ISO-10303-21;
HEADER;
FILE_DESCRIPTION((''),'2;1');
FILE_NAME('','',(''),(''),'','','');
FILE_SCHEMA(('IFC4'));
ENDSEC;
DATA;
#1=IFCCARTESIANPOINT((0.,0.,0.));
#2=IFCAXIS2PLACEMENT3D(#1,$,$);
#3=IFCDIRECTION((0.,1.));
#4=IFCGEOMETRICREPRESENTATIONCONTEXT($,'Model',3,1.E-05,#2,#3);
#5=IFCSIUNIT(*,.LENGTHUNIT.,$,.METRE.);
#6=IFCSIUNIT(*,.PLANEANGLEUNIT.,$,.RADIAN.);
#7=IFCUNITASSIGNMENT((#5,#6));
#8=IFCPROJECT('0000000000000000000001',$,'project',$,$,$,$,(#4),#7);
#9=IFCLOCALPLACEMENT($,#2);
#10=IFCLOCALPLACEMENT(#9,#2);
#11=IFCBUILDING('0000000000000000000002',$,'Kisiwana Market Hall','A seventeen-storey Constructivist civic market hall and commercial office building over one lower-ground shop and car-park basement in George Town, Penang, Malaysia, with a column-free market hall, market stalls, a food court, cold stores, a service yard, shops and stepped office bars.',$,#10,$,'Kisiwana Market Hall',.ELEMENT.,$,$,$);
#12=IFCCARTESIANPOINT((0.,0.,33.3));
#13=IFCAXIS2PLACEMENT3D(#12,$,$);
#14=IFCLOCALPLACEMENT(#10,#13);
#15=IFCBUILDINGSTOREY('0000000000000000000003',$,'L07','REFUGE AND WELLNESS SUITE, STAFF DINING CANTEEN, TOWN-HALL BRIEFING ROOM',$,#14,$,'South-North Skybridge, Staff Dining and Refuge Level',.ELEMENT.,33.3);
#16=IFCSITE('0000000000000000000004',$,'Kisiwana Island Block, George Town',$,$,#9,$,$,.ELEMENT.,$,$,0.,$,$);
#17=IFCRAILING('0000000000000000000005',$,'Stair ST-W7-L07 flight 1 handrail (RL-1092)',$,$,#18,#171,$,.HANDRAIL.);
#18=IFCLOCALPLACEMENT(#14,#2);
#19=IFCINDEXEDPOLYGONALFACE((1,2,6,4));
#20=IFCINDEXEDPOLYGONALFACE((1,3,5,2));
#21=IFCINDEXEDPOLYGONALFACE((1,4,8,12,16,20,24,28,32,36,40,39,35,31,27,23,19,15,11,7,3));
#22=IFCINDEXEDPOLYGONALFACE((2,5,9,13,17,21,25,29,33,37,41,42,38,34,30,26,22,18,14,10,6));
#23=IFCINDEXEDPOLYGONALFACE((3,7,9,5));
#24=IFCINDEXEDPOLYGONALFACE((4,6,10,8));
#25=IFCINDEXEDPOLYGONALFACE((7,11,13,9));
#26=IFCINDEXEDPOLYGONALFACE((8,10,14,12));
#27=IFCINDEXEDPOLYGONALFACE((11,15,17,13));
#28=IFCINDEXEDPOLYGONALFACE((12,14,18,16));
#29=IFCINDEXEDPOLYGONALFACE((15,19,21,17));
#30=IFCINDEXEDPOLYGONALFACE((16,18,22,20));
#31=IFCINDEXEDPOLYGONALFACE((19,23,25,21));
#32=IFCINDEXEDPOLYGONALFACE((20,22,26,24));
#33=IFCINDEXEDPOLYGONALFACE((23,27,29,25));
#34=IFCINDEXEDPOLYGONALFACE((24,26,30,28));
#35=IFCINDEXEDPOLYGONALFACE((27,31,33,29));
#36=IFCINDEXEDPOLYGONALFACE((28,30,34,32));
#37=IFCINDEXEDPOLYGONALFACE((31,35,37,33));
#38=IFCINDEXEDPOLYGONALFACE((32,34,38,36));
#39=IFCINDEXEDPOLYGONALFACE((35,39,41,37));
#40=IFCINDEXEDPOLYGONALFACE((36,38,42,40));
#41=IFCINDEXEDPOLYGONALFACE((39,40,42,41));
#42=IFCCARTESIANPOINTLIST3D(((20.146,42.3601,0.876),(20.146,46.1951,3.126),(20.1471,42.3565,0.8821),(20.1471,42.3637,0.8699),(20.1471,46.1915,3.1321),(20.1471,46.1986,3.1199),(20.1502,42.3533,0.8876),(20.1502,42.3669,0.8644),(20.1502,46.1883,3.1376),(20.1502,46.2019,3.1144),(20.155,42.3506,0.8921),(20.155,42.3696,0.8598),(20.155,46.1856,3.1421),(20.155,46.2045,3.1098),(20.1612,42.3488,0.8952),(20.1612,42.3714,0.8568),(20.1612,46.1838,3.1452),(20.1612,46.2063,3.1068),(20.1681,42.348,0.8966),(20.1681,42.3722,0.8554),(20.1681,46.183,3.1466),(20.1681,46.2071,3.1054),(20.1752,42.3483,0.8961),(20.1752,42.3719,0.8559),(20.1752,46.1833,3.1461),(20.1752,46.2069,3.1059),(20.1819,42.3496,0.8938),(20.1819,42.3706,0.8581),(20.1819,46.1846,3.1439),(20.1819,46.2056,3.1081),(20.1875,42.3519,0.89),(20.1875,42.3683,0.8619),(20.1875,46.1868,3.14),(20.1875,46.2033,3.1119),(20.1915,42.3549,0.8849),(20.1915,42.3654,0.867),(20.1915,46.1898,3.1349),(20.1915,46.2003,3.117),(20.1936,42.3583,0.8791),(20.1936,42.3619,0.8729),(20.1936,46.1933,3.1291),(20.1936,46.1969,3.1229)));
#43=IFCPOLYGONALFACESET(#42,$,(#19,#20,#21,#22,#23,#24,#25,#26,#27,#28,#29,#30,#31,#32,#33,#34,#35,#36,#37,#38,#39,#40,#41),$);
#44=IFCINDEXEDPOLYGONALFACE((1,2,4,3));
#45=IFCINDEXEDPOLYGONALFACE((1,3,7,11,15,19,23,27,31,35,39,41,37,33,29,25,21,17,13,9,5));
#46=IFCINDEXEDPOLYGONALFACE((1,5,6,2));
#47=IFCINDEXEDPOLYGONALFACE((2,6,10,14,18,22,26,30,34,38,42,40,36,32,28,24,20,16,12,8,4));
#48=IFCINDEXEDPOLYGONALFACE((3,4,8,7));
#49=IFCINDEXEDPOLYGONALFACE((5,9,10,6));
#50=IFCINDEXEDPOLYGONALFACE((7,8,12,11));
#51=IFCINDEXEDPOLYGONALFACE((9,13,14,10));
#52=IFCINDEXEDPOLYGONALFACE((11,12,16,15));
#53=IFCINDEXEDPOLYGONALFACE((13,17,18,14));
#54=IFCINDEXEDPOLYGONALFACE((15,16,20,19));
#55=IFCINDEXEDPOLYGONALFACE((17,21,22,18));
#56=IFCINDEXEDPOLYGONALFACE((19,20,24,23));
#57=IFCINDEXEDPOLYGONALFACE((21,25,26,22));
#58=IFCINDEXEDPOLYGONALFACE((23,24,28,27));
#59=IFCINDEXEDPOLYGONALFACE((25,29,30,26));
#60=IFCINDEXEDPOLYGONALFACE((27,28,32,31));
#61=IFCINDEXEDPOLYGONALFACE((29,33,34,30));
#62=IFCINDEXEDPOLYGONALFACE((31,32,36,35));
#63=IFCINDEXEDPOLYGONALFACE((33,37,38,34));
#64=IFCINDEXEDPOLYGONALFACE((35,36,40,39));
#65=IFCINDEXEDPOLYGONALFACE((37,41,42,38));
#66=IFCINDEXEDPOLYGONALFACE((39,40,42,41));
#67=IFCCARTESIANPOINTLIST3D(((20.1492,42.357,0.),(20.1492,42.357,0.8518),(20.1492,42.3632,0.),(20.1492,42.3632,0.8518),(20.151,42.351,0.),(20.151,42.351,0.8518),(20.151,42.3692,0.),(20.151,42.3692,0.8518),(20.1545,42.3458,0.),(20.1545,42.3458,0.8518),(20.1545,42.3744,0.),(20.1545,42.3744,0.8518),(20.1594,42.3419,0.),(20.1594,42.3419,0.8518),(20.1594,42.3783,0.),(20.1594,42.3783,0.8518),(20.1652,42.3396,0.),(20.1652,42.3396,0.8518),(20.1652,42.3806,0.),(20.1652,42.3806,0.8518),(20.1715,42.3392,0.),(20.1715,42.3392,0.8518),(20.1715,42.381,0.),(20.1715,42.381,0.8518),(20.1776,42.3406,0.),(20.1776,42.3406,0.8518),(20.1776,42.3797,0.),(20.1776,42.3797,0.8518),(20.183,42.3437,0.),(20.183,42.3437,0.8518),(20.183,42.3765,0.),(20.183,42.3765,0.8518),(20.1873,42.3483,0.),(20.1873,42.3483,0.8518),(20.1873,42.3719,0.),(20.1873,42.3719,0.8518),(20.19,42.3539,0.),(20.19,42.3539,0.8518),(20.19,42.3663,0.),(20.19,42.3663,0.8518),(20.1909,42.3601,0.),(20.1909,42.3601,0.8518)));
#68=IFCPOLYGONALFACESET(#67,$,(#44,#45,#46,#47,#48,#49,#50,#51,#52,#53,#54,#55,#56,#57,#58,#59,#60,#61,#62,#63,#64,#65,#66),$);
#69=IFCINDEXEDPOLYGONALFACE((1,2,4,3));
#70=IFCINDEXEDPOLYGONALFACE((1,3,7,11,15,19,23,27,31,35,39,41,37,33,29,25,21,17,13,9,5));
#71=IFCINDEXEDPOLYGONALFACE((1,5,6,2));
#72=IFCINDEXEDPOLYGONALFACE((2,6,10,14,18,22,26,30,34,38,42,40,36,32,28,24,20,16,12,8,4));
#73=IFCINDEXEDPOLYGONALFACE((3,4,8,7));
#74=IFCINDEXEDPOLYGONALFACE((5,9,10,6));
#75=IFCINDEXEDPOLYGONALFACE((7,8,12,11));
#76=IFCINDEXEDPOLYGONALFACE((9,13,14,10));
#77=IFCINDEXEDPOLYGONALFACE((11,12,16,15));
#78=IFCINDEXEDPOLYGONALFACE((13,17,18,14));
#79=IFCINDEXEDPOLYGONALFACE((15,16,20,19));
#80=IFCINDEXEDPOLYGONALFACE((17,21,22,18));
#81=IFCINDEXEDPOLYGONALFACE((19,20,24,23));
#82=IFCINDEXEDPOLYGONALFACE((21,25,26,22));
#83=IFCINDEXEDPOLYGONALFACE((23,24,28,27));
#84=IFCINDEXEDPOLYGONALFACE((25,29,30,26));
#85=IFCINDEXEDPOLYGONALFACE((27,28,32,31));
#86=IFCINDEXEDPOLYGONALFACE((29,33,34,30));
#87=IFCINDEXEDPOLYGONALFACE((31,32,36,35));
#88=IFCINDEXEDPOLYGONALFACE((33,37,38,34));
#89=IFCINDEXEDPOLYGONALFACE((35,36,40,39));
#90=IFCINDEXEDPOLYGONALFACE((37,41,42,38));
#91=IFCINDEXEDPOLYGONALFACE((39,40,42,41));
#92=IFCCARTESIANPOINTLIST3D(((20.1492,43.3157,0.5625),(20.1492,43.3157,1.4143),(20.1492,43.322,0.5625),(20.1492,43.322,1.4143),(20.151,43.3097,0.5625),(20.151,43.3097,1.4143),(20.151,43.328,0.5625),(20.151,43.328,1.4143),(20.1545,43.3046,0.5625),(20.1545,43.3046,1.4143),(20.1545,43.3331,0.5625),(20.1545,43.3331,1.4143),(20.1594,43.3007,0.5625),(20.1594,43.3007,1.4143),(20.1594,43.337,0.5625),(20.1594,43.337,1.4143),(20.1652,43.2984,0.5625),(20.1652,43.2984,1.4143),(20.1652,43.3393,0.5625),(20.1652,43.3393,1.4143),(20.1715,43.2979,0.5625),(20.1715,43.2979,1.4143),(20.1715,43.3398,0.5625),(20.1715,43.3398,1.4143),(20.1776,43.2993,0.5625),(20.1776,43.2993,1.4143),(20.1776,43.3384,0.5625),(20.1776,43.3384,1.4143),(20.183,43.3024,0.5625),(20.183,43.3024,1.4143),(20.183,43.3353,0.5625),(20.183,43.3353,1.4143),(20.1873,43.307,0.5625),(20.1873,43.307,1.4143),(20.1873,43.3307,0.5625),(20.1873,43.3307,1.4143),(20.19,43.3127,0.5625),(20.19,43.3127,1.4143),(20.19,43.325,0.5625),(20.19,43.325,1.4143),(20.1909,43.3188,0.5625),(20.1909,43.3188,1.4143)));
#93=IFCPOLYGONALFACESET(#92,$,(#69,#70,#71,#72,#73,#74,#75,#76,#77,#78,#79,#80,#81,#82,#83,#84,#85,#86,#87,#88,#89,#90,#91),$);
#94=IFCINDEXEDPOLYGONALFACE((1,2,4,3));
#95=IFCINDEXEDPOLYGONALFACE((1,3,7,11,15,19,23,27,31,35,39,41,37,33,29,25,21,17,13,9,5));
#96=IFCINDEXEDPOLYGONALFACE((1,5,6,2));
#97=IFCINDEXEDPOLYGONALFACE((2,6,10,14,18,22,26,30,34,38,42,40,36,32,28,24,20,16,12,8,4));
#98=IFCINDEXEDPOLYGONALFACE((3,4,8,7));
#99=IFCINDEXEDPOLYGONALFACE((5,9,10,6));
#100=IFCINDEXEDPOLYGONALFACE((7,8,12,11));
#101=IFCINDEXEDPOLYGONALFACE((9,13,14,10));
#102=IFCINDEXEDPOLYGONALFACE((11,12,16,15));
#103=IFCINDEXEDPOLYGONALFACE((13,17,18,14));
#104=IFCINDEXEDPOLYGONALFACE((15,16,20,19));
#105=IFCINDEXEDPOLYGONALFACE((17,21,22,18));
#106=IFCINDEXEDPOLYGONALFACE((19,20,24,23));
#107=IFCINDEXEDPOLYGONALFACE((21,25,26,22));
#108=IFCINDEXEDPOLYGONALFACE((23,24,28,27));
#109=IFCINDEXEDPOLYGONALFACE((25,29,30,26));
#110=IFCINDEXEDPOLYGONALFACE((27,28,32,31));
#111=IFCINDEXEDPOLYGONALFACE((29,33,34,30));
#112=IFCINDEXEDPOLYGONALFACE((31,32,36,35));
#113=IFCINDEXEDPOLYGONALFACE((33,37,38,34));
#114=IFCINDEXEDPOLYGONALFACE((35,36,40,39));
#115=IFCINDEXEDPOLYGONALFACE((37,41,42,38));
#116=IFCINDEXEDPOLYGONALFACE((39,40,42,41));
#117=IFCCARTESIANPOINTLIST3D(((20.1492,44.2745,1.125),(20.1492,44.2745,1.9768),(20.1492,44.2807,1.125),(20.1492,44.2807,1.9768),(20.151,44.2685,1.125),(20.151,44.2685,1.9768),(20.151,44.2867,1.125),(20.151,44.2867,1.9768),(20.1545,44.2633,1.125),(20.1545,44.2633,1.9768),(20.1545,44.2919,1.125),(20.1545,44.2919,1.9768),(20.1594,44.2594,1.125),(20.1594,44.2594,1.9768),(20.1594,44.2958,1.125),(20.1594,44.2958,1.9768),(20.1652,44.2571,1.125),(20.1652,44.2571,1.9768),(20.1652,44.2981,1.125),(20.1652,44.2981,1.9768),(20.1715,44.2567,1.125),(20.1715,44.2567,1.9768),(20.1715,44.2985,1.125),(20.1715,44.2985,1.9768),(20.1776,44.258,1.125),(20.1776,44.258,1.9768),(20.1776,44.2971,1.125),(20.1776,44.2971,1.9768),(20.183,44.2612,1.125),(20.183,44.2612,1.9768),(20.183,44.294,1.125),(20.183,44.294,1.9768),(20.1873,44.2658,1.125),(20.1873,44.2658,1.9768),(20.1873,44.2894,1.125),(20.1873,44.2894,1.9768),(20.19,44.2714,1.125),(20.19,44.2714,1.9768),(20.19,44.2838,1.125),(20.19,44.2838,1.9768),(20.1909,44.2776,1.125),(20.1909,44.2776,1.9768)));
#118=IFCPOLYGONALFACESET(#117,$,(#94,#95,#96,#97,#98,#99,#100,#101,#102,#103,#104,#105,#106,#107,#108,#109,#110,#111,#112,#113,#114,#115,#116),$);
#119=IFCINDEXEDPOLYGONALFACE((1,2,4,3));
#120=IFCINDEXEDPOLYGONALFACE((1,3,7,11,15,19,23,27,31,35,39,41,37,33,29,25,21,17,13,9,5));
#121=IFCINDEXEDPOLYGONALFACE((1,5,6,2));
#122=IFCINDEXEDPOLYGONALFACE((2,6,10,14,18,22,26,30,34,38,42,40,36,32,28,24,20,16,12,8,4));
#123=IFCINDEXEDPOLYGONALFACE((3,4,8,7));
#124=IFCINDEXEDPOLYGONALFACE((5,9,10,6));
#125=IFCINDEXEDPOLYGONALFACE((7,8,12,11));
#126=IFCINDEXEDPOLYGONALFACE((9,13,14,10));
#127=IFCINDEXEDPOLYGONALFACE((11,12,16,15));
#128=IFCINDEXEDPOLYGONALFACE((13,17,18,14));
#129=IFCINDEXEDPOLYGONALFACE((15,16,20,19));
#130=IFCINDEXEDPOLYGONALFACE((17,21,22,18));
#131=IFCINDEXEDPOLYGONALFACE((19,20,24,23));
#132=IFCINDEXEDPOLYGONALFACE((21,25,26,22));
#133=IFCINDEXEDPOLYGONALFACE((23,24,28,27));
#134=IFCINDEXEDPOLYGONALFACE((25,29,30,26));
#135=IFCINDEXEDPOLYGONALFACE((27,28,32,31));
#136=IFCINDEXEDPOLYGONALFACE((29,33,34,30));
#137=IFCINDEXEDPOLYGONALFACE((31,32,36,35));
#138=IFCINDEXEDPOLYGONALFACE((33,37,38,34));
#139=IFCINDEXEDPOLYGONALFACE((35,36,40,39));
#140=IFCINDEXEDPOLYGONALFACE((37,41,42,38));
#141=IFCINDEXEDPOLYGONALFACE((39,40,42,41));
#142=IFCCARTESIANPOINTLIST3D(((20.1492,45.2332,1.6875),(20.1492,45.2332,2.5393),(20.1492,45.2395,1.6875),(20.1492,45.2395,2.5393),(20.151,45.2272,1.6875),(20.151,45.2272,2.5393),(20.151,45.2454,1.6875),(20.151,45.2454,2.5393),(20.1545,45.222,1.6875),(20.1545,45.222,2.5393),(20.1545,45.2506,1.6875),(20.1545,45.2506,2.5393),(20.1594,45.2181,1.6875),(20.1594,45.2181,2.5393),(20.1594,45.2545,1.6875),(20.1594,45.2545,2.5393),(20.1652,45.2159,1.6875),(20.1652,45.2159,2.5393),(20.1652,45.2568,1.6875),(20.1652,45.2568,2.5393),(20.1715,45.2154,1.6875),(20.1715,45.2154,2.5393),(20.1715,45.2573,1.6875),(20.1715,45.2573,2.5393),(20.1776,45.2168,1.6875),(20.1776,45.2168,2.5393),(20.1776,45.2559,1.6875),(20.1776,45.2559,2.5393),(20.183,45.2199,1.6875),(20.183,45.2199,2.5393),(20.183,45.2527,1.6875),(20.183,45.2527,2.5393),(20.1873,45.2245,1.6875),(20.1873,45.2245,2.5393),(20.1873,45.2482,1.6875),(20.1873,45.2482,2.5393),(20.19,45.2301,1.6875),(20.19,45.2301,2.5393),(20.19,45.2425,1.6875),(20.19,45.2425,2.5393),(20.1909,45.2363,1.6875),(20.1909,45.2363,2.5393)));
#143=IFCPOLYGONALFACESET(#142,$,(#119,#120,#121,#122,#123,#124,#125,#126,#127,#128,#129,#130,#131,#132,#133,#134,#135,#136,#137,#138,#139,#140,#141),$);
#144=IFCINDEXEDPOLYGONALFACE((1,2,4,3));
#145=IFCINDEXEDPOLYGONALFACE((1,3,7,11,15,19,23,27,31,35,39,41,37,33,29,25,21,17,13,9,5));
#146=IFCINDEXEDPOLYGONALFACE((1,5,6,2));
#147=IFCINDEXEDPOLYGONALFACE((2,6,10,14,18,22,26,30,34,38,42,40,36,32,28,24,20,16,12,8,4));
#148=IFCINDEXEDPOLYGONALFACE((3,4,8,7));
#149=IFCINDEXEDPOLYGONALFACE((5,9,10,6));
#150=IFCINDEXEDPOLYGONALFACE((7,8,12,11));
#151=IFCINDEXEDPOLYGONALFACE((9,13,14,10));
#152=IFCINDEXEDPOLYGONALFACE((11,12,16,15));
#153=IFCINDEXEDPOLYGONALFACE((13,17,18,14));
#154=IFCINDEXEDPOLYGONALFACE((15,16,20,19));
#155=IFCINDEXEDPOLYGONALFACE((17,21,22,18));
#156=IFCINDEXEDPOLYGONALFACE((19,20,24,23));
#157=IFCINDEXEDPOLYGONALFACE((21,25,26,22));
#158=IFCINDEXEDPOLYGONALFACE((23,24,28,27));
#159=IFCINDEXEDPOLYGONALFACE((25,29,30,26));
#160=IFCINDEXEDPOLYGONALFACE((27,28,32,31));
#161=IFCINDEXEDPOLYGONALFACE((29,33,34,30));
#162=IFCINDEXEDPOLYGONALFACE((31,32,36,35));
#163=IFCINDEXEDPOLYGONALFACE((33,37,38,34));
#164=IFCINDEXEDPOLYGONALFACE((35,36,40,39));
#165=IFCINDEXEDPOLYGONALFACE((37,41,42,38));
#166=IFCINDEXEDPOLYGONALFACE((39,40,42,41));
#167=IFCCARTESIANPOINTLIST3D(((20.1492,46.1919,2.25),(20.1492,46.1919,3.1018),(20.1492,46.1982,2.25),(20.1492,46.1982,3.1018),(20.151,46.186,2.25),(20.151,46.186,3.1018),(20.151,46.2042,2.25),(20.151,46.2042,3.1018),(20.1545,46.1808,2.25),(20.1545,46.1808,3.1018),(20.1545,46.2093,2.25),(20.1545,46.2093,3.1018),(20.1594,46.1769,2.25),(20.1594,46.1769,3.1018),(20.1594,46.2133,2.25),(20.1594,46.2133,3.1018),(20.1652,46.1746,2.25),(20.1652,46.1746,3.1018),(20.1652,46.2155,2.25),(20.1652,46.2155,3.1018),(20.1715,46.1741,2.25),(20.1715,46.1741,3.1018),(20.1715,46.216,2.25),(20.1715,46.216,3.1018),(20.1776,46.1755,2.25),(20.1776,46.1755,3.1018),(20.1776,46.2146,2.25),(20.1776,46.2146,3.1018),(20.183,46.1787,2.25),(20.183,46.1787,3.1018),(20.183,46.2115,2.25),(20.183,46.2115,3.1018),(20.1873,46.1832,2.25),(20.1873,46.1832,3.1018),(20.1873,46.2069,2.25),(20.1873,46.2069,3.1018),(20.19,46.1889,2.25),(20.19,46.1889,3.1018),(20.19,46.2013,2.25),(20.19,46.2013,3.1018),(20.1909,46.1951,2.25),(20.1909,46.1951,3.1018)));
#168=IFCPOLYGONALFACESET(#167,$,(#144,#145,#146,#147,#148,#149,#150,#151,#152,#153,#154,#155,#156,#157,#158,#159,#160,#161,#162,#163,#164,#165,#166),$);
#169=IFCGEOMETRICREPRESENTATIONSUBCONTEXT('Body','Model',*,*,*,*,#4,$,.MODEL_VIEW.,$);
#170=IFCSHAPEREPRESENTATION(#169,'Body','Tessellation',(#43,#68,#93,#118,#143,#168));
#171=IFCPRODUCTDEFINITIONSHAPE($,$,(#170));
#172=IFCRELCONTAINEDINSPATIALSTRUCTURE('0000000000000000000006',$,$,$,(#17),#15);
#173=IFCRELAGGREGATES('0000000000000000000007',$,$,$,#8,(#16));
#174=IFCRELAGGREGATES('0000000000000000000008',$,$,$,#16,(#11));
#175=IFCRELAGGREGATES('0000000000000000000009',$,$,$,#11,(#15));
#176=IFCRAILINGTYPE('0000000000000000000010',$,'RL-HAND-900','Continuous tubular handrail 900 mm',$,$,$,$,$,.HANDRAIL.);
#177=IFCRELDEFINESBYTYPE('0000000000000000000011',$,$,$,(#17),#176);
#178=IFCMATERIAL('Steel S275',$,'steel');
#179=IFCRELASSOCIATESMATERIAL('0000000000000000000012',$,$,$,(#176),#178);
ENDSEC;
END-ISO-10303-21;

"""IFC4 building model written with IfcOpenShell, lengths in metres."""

from ifc_helpers import new_model, si_unit, direction, frame, origin, origin_2d, place, context, subcontext, project, spatial, circle, extrude, material, type_object, element, save


model = new_model("IFC4")

# Units and contexts
model_context = context("Model", 3, precision=1e-05, world=origin(), true_north=direction((0.0, 1.0)))
body_context = subcontext(model_context, "Body", "Model", "MODEL_VIEW")
ifc_project = project(units=[si_unit("LENGTHUNIT", "METRE"), si_unit("PLANEANGLEUNIT", "RADIAN")], contexts=[model_context])

# Site, building, storey
site_placement = place(None, origin())
site = spatial("IfcSite", under=ifc_project, at=site_placement, Name="Kisiwana Island Block, George Town", CompositionType="ELEMENT", RefElevation=0.0)
building_placement = place(site_placement, origin())
building = spatial("IfcBuilding", under=site, at=building_placement, Name="Kisiwana Market Hall", Description="A seventeen-storey Constructivist civic market hall and commercial office building over one lower-ground shop and car-park basement in George Town, Penang, Malaysia, with a column-free market hall, market stalls, a food court, cold stores, a service yard, shops and stepped office bars.", LongName="Kisiwana Market Hall", CompositionType="ELEMENT")
storey_placement = place(building_placement, frame((0.0, 0.0, 33.3)))
storey = spatial("IfcBuildingStorey", under=building, at=storey_placement, Name="L07", Description="REFUGE AND WELLNESS SUITE, STAFF DINING CANTEEN, TOWN-HALL BRIEFING ROOM", LongName="South-North Skybridge, Staff Dining and Refuge Level", CompositionType="ELEMENT", Elevation=33.3)

# Railing
ifc_material_1 = material(Name="Steel S275", Category="steel")
railing_type_1 = type_object("IfcRailingType", Name="RL-HAND-900", Description="Continuous tubular handrail 900 mm", PredefinedType="HANDRAIL", material=ifc_material_1)
railing_1_placement = place(storey_placement, frame((20.1699, 42.3601, 0.0)))
element("IfcRailing", 1, at=railing_1_placement, inside=storey, type_object=railing_type_1, Name="Stair ST-W7-L07 flight 1 handrail (RL-1092)", PredefinedType="HANDRAIL", context=body_context, shape_type="SweptSolid", body=[
    extrude(circle(Radius=0.0239, at=origin_2d()), frame((0.0, 0.0, 0.876), z_axis=(0.0, 0.86251, 0.506041), x_axis=(-1.0, 0.0, 0.0)), (0.0, 0.0, 1.0), 4.4463),
    extrude(circle(Radius=0.021, at=origin_2d()), origin(), (0.0, 0.0, 1.0), 0.8518),
    extrude(circle(Radius=0.021, at=origin_2d()), frame((0.0, 0.9587, 0.5625)), (0.0, 0.0, 1.0), 0.8518),
    extrude(circle(Radius=0.021, at=origin_2d()), frame((0.0, 1.9175, 1.125)), (0.0, 0.0, 1.0), 0.8518),
    extrude(circle(Radius=0.021, at=origin_2d()), frame((0.0, 2.8762, 1.6875)), (0.0, 0.0, 1.0), 0.8518),
    extrude(circle(Radius=0.021, at=origin_2d()), frame((0.0, 3.835, 2.25)), (0.0, 0.0, 1.0), 0.8518),
])

save(model, "model.ifc")
